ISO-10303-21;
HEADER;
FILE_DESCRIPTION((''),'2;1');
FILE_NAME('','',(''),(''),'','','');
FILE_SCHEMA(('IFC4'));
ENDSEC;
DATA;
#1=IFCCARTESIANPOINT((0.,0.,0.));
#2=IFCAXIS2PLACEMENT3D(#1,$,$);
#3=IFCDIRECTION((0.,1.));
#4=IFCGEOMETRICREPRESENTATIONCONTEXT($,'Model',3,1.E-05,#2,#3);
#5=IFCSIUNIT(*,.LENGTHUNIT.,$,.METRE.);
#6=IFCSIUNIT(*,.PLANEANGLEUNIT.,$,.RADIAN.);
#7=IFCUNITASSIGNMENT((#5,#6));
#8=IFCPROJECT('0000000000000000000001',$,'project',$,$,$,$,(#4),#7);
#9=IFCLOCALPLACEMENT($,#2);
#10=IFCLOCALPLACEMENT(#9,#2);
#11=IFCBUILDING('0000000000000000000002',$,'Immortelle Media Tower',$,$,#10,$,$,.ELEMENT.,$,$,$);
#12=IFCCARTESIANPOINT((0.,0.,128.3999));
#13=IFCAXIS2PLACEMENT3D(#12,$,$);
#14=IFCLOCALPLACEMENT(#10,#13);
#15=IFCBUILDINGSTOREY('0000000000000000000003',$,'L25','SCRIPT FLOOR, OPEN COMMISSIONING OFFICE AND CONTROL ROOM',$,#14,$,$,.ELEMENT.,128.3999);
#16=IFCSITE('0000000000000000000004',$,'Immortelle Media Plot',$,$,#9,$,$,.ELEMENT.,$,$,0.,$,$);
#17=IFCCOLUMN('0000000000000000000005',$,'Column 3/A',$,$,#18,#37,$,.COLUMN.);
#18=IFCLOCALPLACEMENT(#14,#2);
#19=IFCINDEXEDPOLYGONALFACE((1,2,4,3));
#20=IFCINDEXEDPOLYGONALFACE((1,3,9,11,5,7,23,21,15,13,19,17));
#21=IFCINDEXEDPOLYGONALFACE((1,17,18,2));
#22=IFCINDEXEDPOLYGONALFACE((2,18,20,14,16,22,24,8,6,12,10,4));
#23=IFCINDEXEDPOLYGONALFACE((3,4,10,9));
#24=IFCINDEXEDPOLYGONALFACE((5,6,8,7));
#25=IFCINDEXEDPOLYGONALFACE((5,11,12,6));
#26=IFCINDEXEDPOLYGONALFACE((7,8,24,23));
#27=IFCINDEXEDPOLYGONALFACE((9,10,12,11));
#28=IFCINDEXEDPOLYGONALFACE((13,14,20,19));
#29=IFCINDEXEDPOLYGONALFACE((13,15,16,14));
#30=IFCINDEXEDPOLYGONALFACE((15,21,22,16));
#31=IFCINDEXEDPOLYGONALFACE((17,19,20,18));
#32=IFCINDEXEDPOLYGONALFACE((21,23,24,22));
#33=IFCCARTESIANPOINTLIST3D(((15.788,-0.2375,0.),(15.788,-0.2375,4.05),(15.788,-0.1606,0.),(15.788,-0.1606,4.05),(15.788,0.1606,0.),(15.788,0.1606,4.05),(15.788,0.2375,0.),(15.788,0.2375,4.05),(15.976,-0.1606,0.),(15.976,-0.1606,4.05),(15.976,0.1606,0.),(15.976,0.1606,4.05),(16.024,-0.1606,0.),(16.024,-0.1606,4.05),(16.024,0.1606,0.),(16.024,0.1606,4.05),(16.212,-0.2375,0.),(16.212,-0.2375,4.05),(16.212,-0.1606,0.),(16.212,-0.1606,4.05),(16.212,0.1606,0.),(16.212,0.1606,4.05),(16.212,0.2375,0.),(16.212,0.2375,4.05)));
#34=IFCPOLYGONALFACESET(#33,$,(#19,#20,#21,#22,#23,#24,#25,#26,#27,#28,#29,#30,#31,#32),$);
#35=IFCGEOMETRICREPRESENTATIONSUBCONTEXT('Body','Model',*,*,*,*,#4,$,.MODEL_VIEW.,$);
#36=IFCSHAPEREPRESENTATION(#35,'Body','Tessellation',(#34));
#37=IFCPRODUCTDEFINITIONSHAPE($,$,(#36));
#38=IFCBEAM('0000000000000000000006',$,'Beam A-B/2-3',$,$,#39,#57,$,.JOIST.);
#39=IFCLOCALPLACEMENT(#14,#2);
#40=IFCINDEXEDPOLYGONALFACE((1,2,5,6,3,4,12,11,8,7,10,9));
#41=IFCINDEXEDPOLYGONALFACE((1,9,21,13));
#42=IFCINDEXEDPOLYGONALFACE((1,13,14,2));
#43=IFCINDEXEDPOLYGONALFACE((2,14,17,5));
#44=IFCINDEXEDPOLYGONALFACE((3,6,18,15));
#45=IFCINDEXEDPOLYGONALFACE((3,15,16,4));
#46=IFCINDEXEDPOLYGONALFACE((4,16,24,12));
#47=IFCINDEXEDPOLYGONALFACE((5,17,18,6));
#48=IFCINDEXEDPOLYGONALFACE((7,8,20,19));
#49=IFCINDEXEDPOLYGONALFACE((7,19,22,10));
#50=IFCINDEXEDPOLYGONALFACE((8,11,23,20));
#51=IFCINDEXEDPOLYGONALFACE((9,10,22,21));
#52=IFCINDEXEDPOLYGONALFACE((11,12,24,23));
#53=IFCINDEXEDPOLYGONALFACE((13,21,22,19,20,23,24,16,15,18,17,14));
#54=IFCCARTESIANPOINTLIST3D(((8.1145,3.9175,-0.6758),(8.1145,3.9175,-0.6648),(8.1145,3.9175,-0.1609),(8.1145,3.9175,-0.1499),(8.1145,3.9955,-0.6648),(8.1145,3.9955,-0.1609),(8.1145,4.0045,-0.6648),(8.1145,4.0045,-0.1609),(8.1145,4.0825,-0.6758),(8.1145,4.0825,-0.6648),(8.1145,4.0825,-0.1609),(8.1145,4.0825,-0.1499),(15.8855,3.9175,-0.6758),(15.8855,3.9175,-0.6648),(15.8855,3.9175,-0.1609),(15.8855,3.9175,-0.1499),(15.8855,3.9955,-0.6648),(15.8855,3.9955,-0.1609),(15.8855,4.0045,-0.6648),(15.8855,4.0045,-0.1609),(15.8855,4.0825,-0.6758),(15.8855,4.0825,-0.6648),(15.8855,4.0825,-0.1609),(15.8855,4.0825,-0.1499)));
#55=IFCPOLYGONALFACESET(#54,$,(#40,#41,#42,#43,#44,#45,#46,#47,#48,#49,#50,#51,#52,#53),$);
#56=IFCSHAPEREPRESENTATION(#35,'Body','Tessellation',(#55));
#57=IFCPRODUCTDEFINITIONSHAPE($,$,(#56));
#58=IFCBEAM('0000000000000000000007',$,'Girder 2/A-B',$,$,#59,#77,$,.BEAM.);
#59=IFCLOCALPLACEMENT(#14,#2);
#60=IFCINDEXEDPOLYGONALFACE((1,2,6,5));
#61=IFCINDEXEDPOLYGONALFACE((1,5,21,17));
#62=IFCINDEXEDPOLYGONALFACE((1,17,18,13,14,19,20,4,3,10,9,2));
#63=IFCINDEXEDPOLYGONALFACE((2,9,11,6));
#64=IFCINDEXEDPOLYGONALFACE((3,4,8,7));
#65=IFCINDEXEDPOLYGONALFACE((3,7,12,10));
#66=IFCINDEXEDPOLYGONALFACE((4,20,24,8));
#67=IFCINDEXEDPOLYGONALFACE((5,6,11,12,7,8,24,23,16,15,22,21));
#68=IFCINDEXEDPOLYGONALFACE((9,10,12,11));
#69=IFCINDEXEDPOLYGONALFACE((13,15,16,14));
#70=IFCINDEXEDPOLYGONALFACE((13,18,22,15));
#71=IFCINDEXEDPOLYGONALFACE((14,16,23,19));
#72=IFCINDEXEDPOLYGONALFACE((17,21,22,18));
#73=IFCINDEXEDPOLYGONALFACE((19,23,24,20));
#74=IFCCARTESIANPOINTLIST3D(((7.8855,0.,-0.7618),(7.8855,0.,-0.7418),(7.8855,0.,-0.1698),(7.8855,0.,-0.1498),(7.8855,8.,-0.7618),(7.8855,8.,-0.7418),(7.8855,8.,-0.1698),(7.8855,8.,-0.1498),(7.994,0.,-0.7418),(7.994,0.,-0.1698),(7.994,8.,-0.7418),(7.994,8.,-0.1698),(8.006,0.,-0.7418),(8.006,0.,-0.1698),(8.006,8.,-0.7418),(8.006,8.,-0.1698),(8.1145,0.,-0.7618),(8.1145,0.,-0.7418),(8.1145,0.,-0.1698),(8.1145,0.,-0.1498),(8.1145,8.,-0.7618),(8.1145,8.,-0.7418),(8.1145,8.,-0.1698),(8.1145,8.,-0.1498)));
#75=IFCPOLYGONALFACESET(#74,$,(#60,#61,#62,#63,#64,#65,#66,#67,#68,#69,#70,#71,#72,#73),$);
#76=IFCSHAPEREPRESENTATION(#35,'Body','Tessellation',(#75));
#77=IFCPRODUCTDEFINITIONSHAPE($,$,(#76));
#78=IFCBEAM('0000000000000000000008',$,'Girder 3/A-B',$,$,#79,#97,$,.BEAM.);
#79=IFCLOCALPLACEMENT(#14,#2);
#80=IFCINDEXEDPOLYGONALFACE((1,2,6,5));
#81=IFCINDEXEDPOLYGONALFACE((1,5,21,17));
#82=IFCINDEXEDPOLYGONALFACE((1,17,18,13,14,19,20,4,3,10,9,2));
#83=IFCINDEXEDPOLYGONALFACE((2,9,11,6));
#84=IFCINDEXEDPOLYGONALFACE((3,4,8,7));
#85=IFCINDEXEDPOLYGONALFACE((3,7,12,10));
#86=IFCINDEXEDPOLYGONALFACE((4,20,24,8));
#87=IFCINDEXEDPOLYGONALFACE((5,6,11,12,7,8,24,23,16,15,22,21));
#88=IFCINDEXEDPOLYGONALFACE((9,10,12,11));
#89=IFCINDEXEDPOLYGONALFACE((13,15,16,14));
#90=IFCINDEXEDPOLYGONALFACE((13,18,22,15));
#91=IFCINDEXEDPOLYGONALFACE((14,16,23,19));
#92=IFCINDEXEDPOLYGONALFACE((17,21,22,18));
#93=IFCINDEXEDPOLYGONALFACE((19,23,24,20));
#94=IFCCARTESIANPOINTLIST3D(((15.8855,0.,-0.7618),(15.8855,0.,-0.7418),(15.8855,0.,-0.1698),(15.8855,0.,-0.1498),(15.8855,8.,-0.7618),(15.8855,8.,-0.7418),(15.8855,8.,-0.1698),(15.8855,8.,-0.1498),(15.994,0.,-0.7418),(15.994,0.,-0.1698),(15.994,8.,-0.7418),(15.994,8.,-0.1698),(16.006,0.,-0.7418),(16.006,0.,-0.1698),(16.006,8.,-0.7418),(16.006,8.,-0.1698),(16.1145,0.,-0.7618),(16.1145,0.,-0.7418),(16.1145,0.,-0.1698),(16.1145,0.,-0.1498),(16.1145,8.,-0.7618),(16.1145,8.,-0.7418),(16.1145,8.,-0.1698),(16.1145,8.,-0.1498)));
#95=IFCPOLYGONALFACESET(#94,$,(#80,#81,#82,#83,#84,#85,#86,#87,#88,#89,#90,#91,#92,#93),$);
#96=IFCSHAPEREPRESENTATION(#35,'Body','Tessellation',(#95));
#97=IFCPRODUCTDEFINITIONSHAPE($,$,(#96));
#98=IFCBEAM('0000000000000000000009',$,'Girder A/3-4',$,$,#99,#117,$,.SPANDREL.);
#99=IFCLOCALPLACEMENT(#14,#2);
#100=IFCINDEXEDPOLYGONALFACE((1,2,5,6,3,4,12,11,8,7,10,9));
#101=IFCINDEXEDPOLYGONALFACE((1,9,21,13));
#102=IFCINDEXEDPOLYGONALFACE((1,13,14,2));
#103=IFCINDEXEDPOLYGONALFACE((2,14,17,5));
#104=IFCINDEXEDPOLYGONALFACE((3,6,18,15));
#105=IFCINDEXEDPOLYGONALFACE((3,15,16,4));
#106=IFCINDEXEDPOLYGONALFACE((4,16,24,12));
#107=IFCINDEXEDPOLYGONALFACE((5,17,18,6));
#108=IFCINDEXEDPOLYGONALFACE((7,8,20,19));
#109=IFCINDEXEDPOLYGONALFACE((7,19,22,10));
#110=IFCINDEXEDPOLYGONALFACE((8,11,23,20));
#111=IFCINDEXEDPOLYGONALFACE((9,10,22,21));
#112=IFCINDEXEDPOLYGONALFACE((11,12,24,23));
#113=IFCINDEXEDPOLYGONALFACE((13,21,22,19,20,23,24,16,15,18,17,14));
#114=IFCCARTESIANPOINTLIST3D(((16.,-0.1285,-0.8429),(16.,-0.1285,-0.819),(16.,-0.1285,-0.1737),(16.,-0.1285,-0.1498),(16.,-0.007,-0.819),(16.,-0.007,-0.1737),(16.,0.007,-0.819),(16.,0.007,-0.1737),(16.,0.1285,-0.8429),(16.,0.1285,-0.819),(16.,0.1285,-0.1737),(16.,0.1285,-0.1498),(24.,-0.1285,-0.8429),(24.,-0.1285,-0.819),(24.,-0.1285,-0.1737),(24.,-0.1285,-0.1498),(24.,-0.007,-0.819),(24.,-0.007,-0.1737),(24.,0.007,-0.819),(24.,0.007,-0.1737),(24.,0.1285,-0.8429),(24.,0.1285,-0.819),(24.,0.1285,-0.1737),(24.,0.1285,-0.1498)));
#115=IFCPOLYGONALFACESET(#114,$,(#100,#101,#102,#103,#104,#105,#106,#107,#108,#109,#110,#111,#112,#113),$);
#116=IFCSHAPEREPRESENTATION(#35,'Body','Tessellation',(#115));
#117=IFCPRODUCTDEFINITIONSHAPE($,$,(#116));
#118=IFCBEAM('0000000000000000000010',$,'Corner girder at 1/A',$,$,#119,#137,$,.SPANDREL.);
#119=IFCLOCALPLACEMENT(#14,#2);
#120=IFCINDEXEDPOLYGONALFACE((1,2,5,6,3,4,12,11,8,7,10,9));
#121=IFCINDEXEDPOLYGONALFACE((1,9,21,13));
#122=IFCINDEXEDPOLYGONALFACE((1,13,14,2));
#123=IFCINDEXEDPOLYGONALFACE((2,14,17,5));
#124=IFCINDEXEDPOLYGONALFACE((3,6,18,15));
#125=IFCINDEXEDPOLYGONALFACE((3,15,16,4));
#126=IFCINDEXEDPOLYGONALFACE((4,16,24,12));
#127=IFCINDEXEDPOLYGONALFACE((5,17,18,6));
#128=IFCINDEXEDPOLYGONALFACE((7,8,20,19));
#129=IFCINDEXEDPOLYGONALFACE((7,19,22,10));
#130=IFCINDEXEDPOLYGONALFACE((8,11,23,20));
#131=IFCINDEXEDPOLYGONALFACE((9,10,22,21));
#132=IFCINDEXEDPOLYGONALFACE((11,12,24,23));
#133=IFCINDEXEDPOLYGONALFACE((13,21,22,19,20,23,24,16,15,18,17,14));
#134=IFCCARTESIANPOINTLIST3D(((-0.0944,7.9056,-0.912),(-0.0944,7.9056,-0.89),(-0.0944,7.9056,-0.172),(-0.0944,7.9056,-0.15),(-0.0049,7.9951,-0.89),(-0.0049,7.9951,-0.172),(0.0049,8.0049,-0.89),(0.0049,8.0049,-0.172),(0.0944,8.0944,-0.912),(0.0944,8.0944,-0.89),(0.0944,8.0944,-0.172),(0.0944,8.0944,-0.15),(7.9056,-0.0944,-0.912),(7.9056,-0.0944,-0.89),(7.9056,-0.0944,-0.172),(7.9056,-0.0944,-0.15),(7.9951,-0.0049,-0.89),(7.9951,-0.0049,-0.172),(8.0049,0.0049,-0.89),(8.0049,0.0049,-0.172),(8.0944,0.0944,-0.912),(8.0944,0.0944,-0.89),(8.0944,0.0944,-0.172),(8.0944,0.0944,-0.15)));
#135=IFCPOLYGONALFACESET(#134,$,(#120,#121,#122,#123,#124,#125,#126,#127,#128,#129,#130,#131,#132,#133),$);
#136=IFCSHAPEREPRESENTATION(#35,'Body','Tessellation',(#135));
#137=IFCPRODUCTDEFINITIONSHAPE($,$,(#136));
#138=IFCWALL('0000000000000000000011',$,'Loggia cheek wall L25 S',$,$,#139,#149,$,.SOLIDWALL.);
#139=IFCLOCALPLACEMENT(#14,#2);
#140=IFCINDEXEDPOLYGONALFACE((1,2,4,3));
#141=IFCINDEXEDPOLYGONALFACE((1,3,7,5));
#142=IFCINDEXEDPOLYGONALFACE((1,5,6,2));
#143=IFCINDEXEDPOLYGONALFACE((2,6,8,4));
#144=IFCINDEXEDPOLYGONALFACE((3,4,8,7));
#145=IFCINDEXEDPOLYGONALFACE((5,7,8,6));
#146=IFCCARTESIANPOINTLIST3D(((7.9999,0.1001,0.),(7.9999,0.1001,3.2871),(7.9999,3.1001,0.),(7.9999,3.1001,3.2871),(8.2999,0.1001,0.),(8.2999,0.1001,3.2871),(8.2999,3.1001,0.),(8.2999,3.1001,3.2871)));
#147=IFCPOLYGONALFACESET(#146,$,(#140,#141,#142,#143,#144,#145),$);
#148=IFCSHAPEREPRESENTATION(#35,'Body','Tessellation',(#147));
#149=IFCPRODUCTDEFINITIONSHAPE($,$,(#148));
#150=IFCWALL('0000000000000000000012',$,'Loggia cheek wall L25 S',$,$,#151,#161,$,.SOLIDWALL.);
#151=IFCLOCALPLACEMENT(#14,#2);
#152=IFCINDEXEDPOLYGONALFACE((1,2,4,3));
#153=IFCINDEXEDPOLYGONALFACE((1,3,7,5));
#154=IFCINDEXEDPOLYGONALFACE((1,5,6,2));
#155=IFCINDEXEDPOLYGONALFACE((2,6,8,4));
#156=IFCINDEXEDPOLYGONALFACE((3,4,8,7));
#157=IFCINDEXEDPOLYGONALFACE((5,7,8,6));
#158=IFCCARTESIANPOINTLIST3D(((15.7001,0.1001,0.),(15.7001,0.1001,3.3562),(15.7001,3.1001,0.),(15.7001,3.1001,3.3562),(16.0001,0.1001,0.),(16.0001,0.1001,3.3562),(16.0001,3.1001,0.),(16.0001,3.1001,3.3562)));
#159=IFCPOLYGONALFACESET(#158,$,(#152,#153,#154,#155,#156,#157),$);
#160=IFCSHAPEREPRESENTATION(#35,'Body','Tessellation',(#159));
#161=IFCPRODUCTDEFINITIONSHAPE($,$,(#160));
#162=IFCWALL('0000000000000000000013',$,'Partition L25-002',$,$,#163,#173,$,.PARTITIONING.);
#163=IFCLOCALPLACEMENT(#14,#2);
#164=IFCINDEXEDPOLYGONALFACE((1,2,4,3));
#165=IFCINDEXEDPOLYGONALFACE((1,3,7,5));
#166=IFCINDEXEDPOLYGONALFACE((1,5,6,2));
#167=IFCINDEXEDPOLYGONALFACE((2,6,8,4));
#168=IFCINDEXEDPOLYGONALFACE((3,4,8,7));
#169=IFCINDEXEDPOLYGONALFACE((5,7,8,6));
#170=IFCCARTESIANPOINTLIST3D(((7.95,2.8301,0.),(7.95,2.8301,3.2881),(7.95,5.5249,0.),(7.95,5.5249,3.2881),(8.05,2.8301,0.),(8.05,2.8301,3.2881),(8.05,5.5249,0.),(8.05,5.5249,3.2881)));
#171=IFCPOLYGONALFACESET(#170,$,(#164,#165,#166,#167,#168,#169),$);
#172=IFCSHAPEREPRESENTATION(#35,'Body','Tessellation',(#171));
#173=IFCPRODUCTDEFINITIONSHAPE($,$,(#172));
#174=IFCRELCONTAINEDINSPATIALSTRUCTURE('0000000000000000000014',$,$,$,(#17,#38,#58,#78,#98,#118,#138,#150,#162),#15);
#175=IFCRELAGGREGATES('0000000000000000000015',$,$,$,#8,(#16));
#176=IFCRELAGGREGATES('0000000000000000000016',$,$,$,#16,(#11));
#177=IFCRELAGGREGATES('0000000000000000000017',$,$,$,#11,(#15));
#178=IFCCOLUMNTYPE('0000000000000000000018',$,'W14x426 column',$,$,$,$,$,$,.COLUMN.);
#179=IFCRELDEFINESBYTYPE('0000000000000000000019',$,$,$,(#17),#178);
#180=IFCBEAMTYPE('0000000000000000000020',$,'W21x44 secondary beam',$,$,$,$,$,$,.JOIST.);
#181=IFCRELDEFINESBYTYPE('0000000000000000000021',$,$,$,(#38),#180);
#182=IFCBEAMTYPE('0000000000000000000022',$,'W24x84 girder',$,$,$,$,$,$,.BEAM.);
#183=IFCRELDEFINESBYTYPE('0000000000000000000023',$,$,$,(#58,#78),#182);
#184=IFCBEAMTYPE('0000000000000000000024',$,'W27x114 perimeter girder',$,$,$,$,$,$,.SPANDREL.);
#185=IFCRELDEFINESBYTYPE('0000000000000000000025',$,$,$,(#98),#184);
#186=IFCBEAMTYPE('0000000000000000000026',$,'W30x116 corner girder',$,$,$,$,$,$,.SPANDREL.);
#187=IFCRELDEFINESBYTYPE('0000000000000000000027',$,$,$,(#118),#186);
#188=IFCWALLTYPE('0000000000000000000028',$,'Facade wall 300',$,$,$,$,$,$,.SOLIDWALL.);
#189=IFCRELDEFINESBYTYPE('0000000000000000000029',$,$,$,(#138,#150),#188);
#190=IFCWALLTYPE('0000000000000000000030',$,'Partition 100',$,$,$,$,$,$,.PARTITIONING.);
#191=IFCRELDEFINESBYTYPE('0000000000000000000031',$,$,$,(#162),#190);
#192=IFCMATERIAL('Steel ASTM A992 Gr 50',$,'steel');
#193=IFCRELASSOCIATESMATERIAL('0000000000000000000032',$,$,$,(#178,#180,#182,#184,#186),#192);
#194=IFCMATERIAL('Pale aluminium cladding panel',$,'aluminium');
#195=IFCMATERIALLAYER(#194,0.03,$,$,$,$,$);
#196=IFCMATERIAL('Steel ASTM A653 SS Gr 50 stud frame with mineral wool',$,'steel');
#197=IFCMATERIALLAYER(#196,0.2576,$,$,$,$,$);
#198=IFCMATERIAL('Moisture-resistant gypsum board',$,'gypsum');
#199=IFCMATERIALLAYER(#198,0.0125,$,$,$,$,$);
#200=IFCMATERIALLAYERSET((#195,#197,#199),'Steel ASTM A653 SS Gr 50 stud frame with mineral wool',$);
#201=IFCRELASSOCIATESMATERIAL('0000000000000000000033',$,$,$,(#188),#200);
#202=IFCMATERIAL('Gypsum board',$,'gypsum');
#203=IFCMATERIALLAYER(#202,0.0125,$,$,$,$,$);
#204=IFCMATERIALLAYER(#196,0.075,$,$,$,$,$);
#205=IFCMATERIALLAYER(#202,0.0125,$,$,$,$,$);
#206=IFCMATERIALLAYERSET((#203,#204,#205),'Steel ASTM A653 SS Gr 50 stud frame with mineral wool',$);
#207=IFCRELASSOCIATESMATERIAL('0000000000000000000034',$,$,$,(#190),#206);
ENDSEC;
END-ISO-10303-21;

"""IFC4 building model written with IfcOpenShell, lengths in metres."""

from ifc_helpers import new_model, si_unit, direction, frame, frame_2d, origin, origin_2d, place, context, subcontext, project, spatial, rectangle, i_section, extrude, material, layer, layer_set, material_profile, profile_set, type_object, element, save


model = new_model("IFC4")

# Units and contexts
model_context = context("Model", 3, precision=1e-05, world=origin(), true_north=direction((0.0, 1.0)))
body_context = subcontext(model_context, "Body", "Model", "MODEL_VIEW")
ifc_project = project(units=[si_unit("LENGTHUNIT", "METRE"), si_unit("PLANEANGLEUNIT", "RADIAN")], contexts=[model_context])

# Site, building, storey
site_placement = place(None, origin())
site = spatial("IfcSite", under=ifc_project, at=site_placement, Name="Immortelle Media Plot", CompositionType="ELEMENT", RefElevation=0.0)
building_placement = place(site_placement, origin())
building = spatial("IfcBuilding", under=site, at=building_placement, Name="Immortelle Media Tower", CompositionType="ELEMENT")
storey_placement = place(building_placement, frame((0.0, 0.0, 128.3999)))
storey = spatial("IfcBuildingStorey", under=building, at=storey_placement, Name="L25", Description="SCRIPT FLOOR, OPEN COMMISSIONING OFFICE AND CONTROL ROOM", CompositionType="ELEMENT", Elevation=128.3999)

# Column
ifc_material_1 = material(Name="Steel ASTM A992 Gr 50", Category="steel")
ifc_material_profile_1 = material_profile(ifc_material_1, i_section(OverallWidth=0.4241, OverallDepth=0.4751, WebThickness=0.0481, FlangeThickness=0.0769, at=origin_2d()), Name="W14x426")
ifc_profile_set_1 = profile_set([ifc_material_profile_1], Name="Steel ASTM A992 Gr 50")
column_type = type_object("IfcColumnType", Name="W14x426 column", PredefinedType="COLUMN", material=ifc_profile_set_1)
column_placement = place(storey_placement, frame((16.0, 0.0, 0.0), z_axis=(0.0, 0.0, 1.0), x_axis=(1.0, 0.0, 0.0)))
element("IfcColumn", 1, at=column_placement, inside=storey, type_object=column_type, Name="Column 3/A", PredefinedType="COLUMN", context=body_context, shape_type="SweptSolid", body=[
    extrude(i_section(OverallWidth=0.4241, OverallDepth=0.4751, WebThickness=0.0481, FlangeThickness=0.0769, at=origin_2d()), origin(), (0.0, 0.0, 1.0), 4.05),
])

# Beams
ifc_material_profile_2 = material_profile(ifc_material_1, i_section(OverallWidth=0.165, OverallDepth=0.5259, WebThickness=0.009, FlangeThickness=0.011, at=origin_2d()), Name="W21x44")
ifc_profile_set_2 = profile_set([ifc_material_profile_2], Name="Steel ASTM A992 Gr 50")
beam_type_1 = type_object("IfcBeamType", Name="W21x44 secondary beam", PredefinedType="JOIST", material=ifc_profile_set_2)
beam_1_placement = place(storey_placement, frame((8.1145, 4.0, -0.4128), z_axis=(1.0, 0.0, 0.0), x_axis=(0.0, 1.0, 0.0)))
element("IfcBeam", 2, at=beam_1_placement, inside=storey, type_object=beam_type_1, Name="Beam A-B/2-3", PredefinedType="JOIST", context=body_context, shape_type="SweptSolid", body=[
    extrude(i_section(OverallWidth=0.165, OverallDepth=0.5259, WebThickness=0.009, FlangeThickness=0.011, at=origin_2d()), origin(), (0.0, 0.0, 1.0), 7.771),
])
ifc_material_profile_3 = material_profile(ifc_material_1, i_section(OverallWidth=0.229, OverallDepth=0.6121, WebThickness=0.012, FlangeThickness=0.02, at=origin_2d()), Name="W24x84")
ifc_profile_set_3 = profile_set([ifc_material_profile_3], Name="Steel ASTM A992 Gr 50")
beam_type_2 = type_object("IfcBeamType", Name="W24x84 girder", PredefinedType="BEAM", material=ifc_profile_set_3)
for number, where, z_axis, x_axis, name in (
    (3, (8.0, 0.0, -0.4558), (0.0, 1.0, 0.0), (-1.0, 0.0, 0.0), "Girder 2/A-B"),
    (4, (16.0, 0.0, -0.4558), (0.0, 1.0, 0.0), (-1.0, 0.0, 0.0), "Girder 3/A-B"),
):
    element("IfcBeam", number, at=place(storey_placement, frame(where, z_axis=z_axis, x_axis=x_axis)), inside=storey, type_object=beam_type_2, Name=name, PredefinedType="BEAM", context=body_context, shape_type="SweptSolid", body=[
        extrude(i_section(OverallWidth=0.229, OverallDepth=0.6121, WebThickness=0.012, FlangeThickness=0.02, at=origin_2d()), origin(), (0.0, 0.0, 1.0), 8.0),
    ])
ifc_material_profile_4 = material_profile(ifc_material_1, i_section(OverallWidth=0.2571, OverallDepth=0.6931, WebThickness=0.0139, FlangeThickness=0.0239, at=origin_2d()), Name="W27x114")
ifc_profile_set_4 = profile_set([ifc_material_profile_4], Name="Steel ASTM A992 Gr 50")
beam_type_3 = type_object("IfcBeamType", Name="W27x114 perimeter girder", PredefinedType="SPANDREL", material=ifc_profile_set_4)
beam_2_placement = place(storey_placement, frame((16.0, 0.0, -0.4963), z_axis=(1.0, 0.0, 0.0), x_axis=(0.0, 1.0, 0.0)))
element("IfcBeam", 5, at=beam_2_placement, inside=storey, type_object=beam_type_3, Name="Girder A/3-4", PredefinedType="SPANDREL", context=body_context, shape_type="SweptSolid", body=[
    extrude(i_section(OverallWidth=0.2571, OverallDepth=0.6931, WebThickness=0.0139, FlangeThickness=0.0239, at=origin_2d()), origin(), (0.0, 0.0, 1.0), 8.0),
])
ifc_material_profile_5 = material_profile(ifc_material_1, i_section(OverallWidth=0.2671, OverallDepth=0.762, WebThickness=0.0139, FlangeThickness=0.022, at=origin_2d()), Name="W30x116")
ifc_profile_set_5 = profile_set([ifc_material_profile_5], Name="Steel ASTM A992 Gr 50")
beam_type_4 = type_object("IfcBeamType", Name="W30x116 corner girder", PredefinedType="SPANDREL", material=ifc_profile_set_5)
beam_3_placement = place(storey_placement, frame((8.0, 0.0, -0.531), z_axis=(-0.707107, 0.707107, 0.0), x_axis=(-0.707107, -0.707107, 0.0)))
element("IfcBeam", 6, at=beam_3_placement, inside=storey, type_object=beam_type_4, Name="Corner girder at 1/A", PredefinedType="SPANDREL", context=body_context, shape_type="SweptSolid", body=[
    extrude(i_section(OverallWidth=0.2671, OverallDepth=0.762, WebThickness=0.0139, FlangeThickness=0.022, at=origin_2d()), origin(), (0.0, 0.0, 1.0), 11.3137),
])

# Shared definitions
ifc_material_2 = material(Name="Pale aluminium cladding panel", Category="aluminium")
ifc_layer_1 = layer(ifc_material_2, 0.03)
ifc_material_3 = material(Name="Steel ASTM A653 SS Gr 50 stud frame with mineral wool", Category="steel")
ifc_layer_2 = layer(ifc_material_3, 0.2576)
ifc_material_4 = material(Name="Moisture-resistant gypsum board", Category="gypsum")
ifc_layer_3 = layer(ifc_material_4, 0.0125)
ifc_layer_set_1 = layer_set([ifc_layer_1, ifc_layer_2, ifc_layer_3], Name="Steel ASTM A653 SS Gr 50 stud frame with mineral wool")
wall_type_1 = type_object("IfcWallType", Name="Facade wall 300", PredefinedType="SOLIDWALL", material=ifc_layer_set_1)

# Walls
wall_1_placement = place(storey_placement, frame((8.1499, 0.1001, 0.0), z_axis=(0.0, 0.0, 1.0), x_axis=(0.0, 1.0, 0.0)))
element("IfcWall", 7, at=wall_1_placement, inside=storey, type_object=wall_type_1, Name="Loggia cheek wall L25 S", PredefinedType="SOLIDWALL", context=body_context, shape_type="SweptSolid", body=[
    extrude(rectangle(XDim=3.0, YDim=0.3, at=frame_2d((1.5, 0.0))), origin(), (0.0, 0.0, 1.0), 3.2871),
])
wall_2_placement = place(storey_placement, frame((15.8501, 0.1001, 0.0), z_axis=(0.0, 0.0, 1.0), x_axis=(0.0, 1.0, 0.0)))
element("IfcWall", 8, at=wall_2_placement, inside=storey, type_object=wall_type_1, Name="Loggia cheek wall L25 S", PredefinedType="SOLIDWALL", context=body_context, shape_type="SweptSolid", body=[
    extrude(rectangle(XDim=3.0, YDim=0.3, at=frame_2d((1.5, 0.0))), origin(), (0.0, 0.0, 1.0), 3.3562),
])
ifc_material_5 = material(Name="Gypsum board", Category="gypsum")
ifc_layer_4 = layer(ifc_material_5, 0.0125)
ifc_layer_5 = layer(ifc_material_3, 0.075)
ifc_layer_6 = layer(ifc_material_5, 0.0125)
ifc_layer_set_2 = layer_set([ifc_layer_4, ifc_layer_5, ifc_layer_6], Name="Steel ASTM A653 SS Gr 50 stud frame with mineral wool")
wall_type_2 = type_object("IfcWallType", Name="Partition 100", PredefinedType="PARTITIONING", material=ifc_layer_set_2)
for number, where, z_axis, x_axis, name in (
    (9, (8.0, 2.8301, 0.0), (0.0, 0.0, 1.0), (0.0, 1.0, 0.0), "Partition L25-002"),
):
    element("IfcWall", number, at=place(storey_placement, frame(where, z_axis=z_axis, x_axis=x_axis)), inside=storey, type_object=wall_type_2, Name=name, PredefinedType="PARTITIONING", context=body_context, shape_type="SweptSolid", body=[
        extrude(rectangle(XDim=2.6948, YDim=0.1001, at=frame_2d((1.3474, 0.0))), origin(), (0.0, 0.0, 1.0), 3.2881),
    ])

save(model, "model.ifc")
